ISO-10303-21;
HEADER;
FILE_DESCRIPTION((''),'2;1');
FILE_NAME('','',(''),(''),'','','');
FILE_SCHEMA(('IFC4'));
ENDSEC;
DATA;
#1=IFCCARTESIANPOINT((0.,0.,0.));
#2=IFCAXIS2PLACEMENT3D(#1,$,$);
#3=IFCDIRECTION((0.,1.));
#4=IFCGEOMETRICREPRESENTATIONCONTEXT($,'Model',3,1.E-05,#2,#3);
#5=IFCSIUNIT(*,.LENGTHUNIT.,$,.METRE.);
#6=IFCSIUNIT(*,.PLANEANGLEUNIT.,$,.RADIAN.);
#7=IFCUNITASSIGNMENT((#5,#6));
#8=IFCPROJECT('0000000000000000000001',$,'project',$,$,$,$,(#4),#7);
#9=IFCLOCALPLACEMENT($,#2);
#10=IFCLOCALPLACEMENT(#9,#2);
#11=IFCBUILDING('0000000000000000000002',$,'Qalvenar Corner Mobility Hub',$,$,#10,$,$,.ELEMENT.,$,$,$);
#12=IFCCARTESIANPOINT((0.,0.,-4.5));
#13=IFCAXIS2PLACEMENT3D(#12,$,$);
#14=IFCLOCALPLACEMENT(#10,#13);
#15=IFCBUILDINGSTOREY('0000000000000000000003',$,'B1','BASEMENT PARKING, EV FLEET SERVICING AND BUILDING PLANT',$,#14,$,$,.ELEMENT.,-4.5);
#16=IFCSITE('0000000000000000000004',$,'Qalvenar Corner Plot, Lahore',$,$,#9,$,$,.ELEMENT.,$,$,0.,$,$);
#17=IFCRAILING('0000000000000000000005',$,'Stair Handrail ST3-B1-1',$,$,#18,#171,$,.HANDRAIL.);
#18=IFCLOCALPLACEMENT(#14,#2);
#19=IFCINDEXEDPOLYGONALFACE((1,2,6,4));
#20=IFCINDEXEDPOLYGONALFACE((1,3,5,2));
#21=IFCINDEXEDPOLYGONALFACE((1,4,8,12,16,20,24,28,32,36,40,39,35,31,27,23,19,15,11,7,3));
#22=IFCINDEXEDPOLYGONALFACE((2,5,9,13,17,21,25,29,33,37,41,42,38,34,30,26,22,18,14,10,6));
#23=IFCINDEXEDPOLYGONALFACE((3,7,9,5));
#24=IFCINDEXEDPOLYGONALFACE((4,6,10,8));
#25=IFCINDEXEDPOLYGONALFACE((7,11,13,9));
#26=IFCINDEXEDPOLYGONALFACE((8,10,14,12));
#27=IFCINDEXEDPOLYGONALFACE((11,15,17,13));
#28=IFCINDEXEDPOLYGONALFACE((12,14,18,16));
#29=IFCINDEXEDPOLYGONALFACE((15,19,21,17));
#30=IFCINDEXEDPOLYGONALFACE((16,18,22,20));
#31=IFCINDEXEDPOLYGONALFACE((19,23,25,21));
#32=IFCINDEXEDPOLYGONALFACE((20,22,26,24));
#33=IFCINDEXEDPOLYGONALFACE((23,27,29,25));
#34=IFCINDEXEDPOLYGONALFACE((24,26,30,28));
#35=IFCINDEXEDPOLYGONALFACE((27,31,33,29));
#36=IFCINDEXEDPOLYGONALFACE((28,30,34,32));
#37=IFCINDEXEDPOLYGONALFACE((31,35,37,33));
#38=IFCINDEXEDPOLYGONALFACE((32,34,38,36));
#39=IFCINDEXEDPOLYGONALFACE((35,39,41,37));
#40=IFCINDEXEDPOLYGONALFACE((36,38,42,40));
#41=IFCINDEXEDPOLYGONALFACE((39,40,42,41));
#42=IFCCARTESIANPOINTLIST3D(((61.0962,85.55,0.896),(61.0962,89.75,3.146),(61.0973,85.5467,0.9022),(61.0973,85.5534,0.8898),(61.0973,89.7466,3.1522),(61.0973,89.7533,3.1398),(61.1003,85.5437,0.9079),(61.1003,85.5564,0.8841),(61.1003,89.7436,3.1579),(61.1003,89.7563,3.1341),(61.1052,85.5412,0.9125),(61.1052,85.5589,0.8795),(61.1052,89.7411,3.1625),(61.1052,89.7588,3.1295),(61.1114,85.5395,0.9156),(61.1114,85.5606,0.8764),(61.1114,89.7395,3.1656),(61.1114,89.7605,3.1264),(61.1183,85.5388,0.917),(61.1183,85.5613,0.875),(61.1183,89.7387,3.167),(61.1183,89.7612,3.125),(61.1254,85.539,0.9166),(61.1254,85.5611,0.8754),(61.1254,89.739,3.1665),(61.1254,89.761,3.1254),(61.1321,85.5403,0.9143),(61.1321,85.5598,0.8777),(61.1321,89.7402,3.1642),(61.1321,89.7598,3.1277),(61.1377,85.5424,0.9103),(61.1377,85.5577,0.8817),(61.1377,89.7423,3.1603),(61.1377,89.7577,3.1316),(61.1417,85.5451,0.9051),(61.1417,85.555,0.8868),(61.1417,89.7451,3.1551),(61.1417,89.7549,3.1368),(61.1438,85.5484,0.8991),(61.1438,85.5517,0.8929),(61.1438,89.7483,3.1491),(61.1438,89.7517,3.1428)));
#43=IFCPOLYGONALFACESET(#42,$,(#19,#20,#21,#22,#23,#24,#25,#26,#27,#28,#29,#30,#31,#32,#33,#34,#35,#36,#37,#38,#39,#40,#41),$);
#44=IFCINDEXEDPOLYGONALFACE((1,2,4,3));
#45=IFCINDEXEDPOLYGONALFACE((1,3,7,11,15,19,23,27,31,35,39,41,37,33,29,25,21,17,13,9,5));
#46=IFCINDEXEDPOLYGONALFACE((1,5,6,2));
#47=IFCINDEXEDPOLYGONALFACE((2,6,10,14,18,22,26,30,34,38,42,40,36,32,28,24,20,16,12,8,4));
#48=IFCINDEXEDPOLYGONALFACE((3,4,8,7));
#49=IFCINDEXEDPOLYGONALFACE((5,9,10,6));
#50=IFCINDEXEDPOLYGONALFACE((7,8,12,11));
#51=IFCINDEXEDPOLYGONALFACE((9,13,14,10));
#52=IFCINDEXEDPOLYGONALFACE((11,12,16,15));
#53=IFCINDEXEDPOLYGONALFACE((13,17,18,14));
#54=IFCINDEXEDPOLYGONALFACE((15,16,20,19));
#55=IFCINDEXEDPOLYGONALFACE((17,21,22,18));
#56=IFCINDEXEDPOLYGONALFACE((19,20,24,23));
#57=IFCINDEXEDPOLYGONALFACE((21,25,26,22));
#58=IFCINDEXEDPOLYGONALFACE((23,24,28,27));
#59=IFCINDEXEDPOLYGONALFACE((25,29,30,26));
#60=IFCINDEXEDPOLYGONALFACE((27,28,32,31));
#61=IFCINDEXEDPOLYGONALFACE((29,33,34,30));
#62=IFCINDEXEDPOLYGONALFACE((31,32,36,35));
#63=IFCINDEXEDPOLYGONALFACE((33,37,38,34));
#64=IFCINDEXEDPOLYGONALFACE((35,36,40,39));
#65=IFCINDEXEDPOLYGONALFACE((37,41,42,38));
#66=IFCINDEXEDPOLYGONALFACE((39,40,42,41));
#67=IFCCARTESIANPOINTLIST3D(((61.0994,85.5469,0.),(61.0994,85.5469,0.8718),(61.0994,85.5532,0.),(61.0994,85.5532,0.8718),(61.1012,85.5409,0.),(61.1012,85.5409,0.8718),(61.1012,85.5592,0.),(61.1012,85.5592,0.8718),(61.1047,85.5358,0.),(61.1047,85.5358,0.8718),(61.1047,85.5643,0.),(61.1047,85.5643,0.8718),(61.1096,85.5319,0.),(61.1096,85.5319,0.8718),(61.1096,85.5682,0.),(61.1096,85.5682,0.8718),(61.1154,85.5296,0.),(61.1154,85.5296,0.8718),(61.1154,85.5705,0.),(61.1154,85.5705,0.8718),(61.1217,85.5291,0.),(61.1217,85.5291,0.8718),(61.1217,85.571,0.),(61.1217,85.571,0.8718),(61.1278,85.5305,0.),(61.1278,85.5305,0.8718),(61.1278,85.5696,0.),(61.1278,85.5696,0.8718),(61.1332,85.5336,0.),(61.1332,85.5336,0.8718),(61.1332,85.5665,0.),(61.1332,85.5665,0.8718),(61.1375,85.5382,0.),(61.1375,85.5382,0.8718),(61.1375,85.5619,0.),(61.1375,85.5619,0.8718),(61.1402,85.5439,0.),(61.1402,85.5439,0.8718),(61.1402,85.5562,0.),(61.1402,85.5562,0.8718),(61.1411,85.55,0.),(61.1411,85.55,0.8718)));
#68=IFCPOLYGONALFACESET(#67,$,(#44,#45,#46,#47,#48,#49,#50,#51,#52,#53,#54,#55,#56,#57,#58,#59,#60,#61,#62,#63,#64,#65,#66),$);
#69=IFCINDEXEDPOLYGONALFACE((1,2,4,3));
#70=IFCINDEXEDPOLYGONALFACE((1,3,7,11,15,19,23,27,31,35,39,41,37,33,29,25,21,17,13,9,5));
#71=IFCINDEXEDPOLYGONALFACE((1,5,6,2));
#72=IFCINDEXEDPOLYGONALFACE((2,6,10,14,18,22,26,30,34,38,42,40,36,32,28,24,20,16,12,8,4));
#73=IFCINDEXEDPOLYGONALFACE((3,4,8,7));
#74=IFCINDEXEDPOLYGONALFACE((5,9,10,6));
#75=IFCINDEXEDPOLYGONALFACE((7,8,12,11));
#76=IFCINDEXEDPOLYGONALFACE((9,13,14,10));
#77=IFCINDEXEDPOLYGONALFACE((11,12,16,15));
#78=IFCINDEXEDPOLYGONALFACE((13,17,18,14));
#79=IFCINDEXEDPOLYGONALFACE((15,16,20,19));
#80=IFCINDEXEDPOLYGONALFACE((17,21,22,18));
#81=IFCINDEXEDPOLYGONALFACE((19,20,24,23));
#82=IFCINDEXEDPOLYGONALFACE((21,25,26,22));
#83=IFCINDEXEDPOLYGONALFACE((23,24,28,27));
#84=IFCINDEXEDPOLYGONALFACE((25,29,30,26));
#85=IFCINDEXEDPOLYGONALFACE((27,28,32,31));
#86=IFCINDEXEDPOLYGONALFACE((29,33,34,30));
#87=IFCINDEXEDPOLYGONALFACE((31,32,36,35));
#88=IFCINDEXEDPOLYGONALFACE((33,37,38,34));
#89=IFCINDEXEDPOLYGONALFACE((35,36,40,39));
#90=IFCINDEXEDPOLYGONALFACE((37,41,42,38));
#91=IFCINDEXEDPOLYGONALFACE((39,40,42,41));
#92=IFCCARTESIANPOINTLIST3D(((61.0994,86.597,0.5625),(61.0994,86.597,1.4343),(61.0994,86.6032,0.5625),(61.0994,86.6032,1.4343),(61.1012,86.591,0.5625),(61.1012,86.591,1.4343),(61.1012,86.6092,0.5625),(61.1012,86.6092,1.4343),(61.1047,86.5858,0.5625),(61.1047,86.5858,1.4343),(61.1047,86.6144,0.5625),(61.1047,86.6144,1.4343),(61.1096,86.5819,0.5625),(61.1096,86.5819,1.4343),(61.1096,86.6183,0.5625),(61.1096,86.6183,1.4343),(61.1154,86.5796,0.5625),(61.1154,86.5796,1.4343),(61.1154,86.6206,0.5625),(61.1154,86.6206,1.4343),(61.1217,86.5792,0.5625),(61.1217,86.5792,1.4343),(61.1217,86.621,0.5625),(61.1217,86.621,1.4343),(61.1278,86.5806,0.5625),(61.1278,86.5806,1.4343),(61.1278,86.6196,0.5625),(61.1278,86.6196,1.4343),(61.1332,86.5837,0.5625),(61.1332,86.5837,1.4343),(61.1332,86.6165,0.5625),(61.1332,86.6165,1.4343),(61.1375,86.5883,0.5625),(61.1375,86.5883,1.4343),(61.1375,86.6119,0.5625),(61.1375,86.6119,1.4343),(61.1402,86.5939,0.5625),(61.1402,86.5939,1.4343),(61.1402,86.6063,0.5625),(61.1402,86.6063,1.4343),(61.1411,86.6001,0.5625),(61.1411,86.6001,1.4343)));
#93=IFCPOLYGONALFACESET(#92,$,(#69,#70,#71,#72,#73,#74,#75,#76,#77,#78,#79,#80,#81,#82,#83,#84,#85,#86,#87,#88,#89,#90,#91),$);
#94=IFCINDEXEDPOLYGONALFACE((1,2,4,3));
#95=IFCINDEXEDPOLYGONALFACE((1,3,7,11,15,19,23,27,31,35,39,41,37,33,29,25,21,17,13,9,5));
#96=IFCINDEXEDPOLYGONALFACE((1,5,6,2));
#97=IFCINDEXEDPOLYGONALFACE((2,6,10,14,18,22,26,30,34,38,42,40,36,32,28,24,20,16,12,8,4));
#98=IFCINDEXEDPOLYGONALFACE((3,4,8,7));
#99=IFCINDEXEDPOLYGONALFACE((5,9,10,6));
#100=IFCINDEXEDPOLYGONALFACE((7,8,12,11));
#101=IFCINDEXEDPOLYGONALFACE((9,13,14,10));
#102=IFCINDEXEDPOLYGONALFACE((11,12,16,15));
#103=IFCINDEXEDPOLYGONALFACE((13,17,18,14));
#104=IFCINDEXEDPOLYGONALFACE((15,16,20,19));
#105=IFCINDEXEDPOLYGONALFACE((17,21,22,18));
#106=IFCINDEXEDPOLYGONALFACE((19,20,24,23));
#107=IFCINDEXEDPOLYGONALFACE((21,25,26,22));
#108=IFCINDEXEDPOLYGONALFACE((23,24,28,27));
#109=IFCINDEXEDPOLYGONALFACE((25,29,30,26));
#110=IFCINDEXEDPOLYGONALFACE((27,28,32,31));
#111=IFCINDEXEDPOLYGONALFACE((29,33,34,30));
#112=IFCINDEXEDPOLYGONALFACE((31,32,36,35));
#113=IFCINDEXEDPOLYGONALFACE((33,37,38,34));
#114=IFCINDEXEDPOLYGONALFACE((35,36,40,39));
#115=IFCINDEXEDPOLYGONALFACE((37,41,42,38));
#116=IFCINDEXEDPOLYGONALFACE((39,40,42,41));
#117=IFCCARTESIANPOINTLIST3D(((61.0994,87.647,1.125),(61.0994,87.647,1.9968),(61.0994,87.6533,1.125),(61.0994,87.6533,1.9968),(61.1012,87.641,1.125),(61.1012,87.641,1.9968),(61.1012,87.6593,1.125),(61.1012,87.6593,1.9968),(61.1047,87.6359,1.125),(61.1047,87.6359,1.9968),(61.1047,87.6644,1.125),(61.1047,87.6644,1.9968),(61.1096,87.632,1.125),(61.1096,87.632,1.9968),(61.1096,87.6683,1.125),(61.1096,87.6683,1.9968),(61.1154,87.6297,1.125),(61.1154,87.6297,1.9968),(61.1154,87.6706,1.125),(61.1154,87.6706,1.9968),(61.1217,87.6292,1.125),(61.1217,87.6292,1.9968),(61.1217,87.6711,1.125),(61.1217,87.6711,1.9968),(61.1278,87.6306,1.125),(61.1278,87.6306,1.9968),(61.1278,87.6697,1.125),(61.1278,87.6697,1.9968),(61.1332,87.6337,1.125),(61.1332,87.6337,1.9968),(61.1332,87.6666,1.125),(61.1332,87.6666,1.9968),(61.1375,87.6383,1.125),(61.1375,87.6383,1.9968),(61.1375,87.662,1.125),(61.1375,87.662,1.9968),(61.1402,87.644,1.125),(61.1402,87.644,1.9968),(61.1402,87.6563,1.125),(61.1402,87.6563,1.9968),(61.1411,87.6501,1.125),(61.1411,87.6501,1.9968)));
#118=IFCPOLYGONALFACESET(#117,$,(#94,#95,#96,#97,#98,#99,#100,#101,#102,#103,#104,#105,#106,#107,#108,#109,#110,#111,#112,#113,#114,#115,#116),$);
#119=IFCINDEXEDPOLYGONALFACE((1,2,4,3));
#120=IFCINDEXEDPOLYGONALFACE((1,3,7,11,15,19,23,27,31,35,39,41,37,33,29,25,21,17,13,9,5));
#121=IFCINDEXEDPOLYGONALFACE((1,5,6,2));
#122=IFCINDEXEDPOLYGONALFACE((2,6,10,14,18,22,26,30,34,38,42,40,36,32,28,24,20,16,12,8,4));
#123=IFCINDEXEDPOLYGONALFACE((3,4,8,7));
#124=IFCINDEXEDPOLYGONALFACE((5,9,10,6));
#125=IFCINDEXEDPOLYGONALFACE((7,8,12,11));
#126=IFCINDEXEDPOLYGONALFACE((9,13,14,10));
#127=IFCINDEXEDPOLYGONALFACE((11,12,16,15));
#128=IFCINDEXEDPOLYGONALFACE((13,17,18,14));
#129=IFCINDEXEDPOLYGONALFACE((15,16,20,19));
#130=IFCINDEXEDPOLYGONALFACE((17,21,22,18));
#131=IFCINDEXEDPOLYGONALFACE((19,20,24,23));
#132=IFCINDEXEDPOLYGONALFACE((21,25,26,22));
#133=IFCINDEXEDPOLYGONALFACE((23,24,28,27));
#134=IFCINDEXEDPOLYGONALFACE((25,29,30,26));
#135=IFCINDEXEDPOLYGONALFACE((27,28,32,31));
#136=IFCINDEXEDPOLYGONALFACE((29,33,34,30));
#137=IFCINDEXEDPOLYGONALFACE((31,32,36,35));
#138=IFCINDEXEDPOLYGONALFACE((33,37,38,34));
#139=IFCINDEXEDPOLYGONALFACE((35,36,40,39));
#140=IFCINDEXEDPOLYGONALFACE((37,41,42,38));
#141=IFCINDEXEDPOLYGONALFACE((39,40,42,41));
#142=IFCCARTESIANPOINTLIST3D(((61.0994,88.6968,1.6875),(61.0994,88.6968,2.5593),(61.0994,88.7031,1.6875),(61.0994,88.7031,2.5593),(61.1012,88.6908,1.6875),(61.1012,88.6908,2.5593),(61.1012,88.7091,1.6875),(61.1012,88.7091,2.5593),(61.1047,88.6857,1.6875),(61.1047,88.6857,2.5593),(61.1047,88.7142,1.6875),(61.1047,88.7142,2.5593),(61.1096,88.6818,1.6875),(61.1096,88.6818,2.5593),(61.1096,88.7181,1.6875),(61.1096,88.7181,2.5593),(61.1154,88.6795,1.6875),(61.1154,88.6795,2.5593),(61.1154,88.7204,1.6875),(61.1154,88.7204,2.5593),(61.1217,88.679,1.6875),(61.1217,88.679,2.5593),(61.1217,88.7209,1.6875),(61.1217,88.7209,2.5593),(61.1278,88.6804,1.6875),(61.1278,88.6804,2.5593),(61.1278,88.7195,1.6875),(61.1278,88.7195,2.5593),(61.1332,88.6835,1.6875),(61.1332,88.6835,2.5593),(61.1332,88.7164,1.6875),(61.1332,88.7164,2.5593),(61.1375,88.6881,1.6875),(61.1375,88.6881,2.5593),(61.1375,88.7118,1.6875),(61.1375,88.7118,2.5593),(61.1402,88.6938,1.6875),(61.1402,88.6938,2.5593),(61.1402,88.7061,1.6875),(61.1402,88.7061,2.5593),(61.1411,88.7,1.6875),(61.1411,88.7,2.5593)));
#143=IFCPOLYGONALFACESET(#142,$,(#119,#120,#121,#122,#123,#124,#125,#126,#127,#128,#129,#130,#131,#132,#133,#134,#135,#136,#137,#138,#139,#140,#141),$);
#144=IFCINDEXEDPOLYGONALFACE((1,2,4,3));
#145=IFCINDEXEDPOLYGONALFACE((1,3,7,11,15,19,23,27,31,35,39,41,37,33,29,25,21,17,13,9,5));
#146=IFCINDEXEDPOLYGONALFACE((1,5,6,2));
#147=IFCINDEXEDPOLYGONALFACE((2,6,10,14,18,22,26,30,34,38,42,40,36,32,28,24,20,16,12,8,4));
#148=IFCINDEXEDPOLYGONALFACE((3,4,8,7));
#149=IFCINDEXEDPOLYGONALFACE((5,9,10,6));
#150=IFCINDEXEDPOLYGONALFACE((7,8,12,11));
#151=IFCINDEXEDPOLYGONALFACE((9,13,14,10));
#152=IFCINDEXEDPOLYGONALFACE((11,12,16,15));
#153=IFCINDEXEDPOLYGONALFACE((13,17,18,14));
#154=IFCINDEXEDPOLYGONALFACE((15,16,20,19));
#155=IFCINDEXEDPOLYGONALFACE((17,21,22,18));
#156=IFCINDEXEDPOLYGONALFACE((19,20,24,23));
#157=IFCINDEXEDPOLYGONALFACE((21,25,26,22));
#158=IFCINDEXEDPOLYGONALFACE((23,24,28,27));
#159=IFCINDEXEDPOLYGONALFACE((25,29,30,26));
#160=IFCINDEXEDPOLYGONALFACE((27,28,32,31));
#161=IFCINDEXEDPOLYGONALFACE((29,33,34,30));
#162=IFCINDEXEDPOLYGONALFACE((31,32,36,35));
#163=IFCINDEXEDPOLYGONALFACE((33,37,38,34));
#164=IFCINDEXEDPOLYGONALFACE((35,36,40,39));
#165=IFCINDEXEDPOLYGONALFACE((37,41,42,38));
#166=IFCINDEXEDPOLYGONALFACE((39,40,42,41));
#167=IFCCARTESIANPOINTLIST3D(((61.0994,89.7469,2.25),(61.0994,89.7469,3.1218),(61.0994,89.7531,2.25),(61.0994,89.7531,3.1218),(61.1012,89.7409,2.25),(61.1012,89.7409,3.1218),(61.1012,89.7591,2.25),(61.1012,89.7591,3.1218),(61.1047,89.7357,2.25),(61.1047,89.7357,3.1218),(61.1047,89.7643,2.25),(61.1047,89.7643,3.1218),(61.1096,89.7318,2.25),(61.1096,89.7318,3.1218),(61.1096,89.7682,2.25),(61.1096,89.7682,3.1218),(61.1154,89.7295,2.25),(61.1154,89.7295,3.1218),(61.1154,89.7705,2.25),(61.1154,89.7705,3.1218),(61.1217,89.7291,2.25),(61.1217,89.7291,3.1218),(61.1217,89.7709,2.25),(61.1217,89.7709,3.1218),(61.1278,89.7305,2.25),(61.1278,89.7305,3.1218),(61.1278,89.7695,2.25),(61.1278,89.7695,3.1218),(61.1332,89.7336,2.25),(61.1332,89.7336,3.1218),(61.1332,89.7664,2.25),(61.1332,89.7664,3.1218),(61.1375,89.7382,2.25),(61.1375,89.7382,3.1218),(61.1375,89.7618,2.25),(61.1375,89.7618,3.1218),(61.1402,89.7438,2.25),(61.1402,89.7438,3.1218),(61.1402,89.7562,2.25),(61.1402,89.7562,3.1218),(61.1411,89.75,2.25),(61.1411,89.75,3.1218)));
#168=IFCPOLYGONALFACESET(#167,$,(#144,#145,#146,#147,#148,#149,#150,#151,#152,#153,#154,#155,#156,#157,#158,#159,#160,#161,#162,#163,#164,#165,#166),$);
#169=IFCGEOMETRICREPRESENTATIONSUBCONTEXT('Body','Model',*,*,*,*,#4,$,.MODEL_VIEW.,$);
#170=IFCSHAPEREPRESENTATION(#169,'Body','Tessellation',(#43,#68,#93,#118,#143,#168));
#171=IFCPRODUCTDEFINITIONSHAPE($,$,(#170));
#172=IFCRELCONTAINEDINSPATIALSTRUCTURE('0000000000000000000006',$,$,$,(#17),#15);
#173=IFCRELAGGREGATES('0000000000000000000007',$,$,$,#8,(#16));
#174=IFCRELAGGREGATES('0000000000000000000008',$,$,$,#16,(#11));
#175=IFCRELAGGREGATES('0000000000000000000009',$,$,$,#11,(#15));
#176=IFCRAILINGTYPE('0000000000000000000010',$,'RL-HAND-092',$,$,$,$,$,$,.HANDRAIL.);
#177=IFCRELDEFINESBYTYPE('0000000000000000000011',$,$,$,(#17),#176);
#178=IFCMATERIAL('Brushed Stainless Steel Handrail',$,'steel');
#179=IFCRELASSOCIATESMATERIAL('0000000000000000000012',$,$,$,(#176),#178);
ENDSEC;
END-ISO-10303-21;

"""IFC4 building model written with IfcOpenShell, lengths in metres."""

from ifc_helpers import new_model, si_unit, direction, frame, origin, origin_2d, place, context, subcontext, project, spatial, circle, extrude, material, type_object, element, save


model = new_model("IFC4")

# Units and contexts
model_context = context("Model", 3, precision=1e-05, world=origin(), true_north=direction((0.0, 1.0)))
body_context = subcontext(model_context, "Body", "Model", "MODEL_VIEW")
ifc_project = project(units=[si_unit("LENGTHUNIT", "METRE"), si_unit("PLANEANGLEUNIT", "RADIAN")], contexts=[model_context])

# Site, building, storey
site_placement = place(None, origin())
site = spatial("IfcSite", under=ifc_project, at=site_placement, Name="Qalvenar Corner Plot, Lahore", CompositionType="ELEMENT", RefElevation=0.0)
building_placement = place(site_placement, origin())
building = spatial("IfcBuilding", under=site, at=building_placement, Name="Qalvenar Corner Mobility Hub", CompositionType="ELEMENT")
storey_placement = place(building_placement, frame((0.0, 0.0, -4.5)))
storey = spatial("IfcBuildingStorey", under=building, at=storey_placement, Name="B1", Description="BASEMENT PARKING, EV FLEET SERVICING AND BUILDING PLANT", CompositionType="ELEMENT", Elevation=-4.5)

# Railing
ifc_material_1 = material(Name="Brushed Stainless Steel Handrail", Category="steel")
railing_type_1 = type_object("IfcRailingType", Name="RL-HAND-092", PredefinedType="HANDRAIL", material=ifc_material_1)
railing_1_placement = place(storey_placement, frame((61.1201, 85.55, 0.0)))
element("IfcRailing", 1, at=railing_1_placement, inside=storey, type_object=railing_type_1, Name="Stair Handrail ST3-B1-1", PredefinedType="HANDRAIL", context=body_context, shape_type="SweptSolid", body=[
    extrude(circle(Radius=0.0239, at=origin_2d()), frame((0.0, 0.0, 0.896), z_axis=(0.0, 0.881478, 0.472226), x_axis=(-1.0, 0.0, 0.0)), (0.0, 0.0, 1.0), 4.7646),
    extrude(circle(Radius=0.021, at=origin_2d()), origin(), (0.0, 0.0, 1.0), 0.8718),
    extrude(circle(Radius=0.021, at=origin_2d()), frame((0.0, 1.05, 0.5625)), (0.0, 0.0, 1.0), 0.8718),
    extrude(circle(Radius=0.021, at=origin_2d()), frame((0.0, 2.1001, 1.125)), (0.0, 0.0, 1.0), 0.8718),
    extrude(circle(Radius=0.021, at=origin_2d()), frame((0.0, 3.1499, 1.6875)), (0.0, 0.0, 1.0), 0.8718),
    extrude(circle(Radius=0.021, at=origin_2d()), frame((0.0, 4.2, 2.25)), (0.0, 0.0, 1.0), 0.8718),
])

save(model, "model.ifc")
